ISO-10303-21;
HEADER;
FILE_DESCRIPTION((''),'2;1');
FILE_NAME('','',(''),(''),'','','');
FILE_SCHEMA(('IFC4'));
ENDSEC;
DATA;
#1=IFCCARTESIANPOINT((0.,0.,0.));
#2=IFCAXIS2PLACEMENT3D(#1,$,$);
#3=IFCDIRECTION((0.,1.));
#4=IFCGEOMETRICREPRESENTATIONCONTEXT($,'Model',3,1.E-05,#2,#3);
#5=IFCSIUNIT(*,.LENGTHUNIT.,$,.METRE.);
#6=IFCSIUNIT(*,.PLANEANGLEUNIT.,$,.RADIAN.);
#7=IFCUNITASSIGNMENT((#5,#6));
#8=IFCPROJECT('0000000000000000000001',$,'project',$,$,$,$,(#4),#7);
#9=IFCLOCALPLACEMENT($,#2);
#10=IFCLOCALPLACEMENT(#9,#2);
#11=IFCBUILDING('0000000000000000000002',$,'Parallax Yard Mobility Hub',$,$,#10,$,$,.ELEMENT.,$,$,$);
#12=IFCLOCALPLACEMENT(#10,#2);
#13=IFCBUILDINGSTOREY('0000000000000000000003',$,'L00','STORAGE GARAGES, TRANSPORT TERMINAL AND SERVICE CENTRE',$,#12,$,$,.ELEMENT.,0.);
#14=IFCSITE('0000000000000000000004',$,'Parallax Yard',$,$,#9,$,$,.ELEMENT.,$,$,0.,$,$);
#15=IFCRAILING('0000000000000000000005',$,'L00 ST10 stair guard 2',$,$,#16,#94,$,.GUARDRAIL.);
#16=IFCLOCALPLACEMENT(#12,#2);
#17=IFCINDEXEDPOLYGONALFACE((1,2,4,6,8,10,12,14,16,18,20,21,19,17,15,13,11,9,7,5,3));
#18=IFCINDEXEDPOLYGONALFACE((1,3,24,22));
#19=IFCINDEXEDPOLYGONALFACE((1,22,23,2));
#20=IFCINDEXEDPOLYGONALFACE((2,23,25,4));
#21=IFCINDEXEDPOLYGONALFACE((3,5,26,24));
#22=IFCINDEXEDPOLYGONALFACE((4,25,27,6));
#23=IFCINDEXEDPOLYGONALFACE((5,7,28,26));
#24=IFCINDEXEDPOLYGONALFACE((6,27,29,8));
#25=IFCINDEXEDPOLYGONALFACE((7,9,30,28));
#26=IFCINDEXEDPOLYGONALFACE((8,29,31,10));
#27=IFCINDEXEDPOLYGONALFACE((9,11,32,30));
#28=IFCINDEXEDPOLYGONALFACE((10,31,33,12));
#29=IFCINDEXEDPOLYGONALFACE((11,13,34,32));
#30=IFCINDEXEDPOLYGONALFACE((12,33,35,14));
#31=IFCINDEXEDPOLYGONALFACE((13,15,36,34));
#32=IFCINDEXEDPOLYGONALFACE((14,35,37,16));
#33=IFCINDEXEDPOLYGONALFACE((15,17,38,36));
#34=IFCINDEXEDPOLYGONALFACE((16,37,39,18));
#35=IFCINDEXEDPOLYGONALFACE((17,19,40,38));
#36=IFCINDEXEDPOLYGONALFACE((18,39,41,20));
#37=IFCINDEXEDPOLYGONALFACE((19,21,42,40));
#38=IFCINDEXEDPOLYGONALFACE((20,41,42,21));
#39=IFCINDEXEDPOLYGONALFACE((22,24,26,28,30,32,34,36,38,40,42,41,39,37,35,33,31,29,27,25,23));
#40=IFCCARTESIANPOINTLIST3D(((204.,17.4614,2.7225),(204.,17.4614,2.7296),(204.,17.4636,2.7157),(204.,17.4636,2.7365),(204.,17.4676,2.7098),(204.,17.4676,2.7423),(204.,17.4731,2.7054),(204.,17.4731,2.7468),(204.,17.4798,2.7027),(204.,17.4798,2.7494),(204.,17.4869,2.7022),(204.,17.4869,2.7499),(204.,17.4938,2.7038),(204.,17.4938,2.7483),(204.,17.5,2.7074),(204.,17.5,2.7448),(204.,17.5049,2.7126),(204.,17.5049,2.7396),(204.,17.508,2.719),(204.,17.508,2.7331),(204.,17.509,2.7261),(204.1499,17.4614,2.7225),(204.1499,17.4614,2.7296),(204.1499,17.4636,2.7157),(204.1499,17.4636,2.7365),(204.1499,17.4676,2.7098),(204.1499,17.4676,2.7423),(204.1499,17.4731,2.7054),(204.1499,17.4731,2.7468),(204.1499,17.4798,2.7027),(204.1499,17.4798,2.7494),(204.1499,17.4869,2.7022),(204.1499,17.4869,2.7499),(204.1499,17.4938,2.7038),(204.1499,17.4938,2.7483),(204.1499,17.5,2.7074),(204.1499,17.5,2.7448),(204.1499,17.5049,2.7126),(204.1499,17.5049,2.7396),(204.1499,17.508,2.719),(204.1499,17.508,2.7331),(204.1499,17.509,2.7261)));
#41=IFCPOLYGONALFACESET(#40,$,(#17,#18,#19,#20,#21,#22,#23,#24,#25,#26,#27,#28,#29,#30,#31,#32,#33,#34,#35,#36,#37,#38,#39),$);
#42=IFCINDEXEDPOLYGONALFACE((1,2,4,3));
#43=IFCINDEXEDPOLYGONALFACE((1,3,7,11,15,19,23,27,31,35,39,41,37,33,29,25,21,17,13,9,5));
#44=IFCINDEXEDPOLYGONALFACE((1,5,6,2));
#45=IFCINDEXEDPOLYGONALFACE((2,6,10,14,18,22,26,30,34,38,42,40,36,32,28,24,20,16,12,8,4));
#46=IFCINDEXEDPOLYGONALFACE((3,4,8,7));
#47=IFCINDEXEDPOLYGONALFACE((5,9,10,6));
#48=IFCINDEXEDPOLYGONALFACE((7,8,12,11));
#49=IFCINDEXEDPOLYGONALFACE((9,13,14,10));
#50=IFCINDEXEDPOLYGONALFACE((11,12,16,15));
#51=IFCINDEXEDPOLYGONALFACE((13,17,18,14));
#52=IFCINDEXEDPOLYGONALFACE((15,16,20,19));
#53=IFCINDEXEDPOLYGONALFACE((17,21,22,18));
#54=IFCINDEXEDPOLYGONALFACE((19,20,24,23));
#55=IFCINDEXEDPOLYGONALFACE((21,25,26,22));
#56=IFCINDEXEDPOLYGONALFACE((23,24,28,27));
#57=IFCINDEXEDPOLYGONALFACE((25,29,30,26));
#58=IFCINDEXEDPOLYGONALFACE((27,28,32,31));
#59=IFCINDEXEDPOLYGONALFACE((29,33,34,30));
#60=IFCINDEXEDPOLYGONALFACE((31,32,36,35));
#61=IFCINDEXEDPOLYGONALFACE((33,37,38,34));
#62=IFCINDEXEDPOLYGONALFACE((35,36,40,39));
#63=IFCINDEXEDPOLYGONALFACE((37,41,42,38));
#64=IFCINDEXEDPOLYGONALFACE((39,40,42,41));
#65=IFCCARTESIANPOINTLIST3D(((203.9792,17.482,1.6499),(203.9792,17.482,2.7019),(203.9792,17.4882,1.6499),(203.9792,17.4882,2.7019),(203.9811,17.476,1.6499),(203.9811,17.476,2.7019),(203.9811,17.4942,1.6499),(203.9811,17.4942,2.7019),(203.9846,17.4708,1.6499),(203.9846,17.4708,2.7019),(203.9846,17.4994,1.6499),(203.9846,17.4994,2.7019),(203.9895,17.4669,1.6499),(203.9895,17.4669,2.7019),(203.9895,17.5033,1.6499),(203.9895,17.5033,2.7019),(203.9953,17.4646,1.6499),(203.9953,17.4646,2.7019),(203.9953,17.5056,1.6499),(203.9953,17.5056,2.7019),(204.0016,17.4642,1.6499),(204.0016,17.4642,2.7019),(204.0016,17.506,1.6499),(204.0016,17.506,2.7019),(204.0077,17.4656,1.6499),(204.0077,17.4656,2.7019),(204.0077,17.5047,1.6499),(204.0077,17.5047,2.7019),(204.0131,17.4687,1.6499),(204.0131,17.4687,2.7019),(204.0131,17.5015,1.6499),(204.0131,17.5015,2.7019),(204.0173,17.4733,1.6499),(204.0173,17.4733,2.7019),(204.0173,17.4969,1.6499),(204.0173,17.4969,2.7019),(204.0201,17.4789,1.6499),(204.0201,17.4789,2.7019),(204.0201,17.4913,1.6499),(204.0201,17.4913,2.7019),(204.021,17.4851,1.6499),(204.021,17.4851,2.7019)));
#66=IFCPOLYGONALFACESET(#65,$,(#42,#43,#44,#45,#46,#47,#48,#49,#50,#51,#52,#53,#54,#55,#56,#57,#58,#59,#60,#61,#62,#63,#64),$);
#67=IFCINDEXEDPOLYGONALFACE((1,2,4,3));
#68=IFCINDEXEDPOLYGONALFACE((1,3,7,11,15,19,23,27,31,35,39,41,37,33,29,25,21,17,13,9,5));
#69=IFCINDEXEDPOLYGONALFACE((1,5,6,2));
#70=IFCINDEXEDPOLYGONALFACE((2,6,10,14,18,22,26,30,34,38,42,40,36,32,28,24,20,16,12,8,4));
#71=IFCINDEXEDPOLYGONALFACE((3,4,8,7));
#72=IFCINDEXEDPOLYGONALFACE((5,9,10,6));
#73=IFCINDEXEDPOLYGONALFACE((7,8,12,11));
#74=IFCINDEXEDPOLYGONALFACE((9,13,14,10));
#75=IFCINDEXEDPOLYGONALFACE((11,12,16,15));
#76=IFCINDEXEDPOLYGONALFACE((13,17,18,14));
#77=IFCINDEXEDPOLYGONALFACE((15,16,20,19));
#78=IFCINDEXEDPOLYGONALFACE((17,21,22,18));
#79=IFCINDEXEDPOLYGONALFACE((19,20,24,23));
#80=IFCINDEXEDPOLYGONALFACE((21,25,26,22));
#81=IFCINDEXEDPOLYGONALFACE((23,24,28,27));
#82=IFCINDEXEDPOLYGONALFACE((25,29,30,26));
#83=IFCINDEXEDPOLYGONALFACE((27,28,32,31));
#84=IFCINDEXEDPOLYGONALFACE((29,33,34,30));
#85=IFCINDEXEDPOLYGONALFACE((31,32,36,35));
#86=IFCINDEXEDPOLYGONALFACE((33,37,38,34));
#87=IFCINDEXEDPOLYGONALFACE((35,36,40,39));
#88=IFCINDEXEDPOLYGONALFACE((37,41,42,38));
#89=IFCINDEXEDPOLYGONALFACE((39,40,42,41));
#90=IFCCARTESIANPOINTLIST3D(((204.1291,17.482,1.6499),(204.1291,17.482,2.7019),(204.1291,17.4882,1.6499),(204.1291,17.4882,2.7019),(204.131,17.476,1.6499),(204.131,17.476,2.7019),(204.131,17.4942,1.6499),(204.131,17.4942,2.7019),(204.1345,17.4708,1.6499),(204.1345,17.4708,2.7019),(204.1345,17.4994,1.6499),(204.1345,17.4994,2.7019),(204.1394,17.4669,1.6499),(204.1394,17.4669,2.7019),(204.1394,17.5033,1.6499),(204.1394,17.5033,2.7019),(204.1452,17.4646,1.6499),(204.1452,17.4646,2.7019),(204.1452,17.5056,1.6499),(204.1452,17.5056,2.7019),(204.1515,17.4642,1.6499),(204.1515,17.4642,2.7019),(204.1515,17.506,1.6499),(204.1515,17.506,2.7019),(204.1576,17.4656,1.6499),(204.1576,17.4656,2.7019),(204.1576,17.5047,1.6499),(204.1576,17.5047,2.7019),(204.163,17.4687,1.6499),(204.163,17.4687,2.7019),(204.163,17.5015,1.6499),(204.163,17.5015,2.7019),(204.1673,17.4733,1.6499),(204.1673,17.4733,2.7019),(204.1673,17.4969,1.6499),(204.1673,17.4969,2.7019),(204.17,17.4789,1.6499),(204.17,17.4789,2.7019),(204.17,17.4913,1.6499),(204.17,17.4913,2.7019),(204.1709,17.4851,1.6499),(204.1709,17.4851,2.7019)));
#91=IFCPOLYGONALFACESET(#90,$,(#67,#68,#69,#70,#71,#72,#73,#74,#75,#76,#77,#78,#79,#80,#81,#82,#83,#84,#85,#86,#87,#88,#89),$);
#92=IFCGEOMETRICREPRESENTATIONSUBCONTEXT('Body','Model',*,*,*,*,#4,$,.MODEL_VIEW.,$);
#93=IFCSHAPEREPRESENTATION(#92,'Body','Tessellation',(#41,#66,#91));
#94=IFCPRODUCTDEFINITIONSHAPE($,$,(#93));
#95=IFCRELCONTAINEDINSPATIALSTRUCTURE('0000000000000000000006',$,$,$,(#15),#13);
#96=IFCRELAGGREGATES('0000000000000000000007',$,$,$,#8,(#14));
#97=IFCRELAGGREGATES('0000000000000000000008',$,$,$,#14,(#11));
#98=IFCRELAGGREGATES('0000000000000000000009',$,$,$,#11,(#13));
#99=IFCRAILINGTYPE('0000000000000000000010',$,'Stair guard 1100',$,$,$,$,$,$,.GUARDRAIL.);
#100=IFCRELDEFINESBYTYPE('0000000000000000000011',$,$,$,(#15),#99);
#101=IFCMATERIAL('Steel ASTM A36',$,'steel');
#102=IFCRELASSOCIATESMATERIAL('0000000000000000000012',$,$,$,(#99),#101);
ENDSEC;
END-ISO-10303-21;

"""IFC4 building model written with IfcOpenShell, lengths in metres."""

from ifc_helpers import new_model, si_unit, direction, frame, origin, origin_2d, place, context, subcontext, project, spatial, circle, extrude, material, type_object, element, save


model = new_model("IFC4")

# Units and contexts
model_context = context("Model", 3, precision=1e-05, world=origin(), true_north=direction((0.0, 1.0)))
body_context = subcontext(model_context, "Body", "Model", "MODEL_VIEW")
ifc_project = project(units=[si_unit("LENGTHUNIT", "METRE"), si_unit("PLANEANGLEUNIT", "RADIAN")], contexts=[model_context])

# Site, building, storey
site_placement = place(None, origin())
site = spatial("IfcSite", under=ifc_project, at=site_placement, Name="Parallax Yard", CompositionType="ELEMENT", RefElevation=0.0)
building_placement = place(site_placement, origin())
building = spatial("IfcBuilding", under=site, at=building_placement, Name="Parallax Yard Mobility Hub", CompositionType="ELEMENT")
storey_placement = place(building_placement, origin())
storey = spatial("IfcBuildingStorey", under=building, at=storey_placement, Name="L00", Description="STORAGE GARAGES, TRANSPORT TERMINAL AND SERVICE CENTRE", CompositionType="ELEMENT", Elevation=0.0)

# Railing
ifc_material_1 = material(Name="Steel ASTM A36", Category="steel")
railing_type_1 = type_object("IfcRailingType", Name="Stair guard 1100", PredefinedType="GUARDRAIL", material=ifc_material_1)
railing_1_placement = place(storey_placement, frame((204.0, 17.4851, 1.6499)))
element("IfcRailing", 1, at=railing_1_placement, inside=storey, type_object=railing_type_1, Name="L00 ST10 stair guard 2", PredefinedType="GUARDRAIL", context=body_context, shape_type="SweptSolid", body=[
    extrude(circle(Radius=0.0239, at=origin_2d()), frame((0.0, 0.0, 1.0762), z_axis=(1.0, 0.0, 0.0), x_axis=(0.0, 1.0, 0.0)), (0.0, 0.0, 1.0), 0.1499),
    extrude(circle(Radius=0.021, at=origin_2d()), origin(), (0.0, 0.0, 1.0), 1.052),
    extrude(circle(Radius=0.021, at=origin_2d()), frame((0.1499, 0.0, 0.0)), (0.0, 0.0, 1.0), 1.052),
])

save(model, "model.ifc")
